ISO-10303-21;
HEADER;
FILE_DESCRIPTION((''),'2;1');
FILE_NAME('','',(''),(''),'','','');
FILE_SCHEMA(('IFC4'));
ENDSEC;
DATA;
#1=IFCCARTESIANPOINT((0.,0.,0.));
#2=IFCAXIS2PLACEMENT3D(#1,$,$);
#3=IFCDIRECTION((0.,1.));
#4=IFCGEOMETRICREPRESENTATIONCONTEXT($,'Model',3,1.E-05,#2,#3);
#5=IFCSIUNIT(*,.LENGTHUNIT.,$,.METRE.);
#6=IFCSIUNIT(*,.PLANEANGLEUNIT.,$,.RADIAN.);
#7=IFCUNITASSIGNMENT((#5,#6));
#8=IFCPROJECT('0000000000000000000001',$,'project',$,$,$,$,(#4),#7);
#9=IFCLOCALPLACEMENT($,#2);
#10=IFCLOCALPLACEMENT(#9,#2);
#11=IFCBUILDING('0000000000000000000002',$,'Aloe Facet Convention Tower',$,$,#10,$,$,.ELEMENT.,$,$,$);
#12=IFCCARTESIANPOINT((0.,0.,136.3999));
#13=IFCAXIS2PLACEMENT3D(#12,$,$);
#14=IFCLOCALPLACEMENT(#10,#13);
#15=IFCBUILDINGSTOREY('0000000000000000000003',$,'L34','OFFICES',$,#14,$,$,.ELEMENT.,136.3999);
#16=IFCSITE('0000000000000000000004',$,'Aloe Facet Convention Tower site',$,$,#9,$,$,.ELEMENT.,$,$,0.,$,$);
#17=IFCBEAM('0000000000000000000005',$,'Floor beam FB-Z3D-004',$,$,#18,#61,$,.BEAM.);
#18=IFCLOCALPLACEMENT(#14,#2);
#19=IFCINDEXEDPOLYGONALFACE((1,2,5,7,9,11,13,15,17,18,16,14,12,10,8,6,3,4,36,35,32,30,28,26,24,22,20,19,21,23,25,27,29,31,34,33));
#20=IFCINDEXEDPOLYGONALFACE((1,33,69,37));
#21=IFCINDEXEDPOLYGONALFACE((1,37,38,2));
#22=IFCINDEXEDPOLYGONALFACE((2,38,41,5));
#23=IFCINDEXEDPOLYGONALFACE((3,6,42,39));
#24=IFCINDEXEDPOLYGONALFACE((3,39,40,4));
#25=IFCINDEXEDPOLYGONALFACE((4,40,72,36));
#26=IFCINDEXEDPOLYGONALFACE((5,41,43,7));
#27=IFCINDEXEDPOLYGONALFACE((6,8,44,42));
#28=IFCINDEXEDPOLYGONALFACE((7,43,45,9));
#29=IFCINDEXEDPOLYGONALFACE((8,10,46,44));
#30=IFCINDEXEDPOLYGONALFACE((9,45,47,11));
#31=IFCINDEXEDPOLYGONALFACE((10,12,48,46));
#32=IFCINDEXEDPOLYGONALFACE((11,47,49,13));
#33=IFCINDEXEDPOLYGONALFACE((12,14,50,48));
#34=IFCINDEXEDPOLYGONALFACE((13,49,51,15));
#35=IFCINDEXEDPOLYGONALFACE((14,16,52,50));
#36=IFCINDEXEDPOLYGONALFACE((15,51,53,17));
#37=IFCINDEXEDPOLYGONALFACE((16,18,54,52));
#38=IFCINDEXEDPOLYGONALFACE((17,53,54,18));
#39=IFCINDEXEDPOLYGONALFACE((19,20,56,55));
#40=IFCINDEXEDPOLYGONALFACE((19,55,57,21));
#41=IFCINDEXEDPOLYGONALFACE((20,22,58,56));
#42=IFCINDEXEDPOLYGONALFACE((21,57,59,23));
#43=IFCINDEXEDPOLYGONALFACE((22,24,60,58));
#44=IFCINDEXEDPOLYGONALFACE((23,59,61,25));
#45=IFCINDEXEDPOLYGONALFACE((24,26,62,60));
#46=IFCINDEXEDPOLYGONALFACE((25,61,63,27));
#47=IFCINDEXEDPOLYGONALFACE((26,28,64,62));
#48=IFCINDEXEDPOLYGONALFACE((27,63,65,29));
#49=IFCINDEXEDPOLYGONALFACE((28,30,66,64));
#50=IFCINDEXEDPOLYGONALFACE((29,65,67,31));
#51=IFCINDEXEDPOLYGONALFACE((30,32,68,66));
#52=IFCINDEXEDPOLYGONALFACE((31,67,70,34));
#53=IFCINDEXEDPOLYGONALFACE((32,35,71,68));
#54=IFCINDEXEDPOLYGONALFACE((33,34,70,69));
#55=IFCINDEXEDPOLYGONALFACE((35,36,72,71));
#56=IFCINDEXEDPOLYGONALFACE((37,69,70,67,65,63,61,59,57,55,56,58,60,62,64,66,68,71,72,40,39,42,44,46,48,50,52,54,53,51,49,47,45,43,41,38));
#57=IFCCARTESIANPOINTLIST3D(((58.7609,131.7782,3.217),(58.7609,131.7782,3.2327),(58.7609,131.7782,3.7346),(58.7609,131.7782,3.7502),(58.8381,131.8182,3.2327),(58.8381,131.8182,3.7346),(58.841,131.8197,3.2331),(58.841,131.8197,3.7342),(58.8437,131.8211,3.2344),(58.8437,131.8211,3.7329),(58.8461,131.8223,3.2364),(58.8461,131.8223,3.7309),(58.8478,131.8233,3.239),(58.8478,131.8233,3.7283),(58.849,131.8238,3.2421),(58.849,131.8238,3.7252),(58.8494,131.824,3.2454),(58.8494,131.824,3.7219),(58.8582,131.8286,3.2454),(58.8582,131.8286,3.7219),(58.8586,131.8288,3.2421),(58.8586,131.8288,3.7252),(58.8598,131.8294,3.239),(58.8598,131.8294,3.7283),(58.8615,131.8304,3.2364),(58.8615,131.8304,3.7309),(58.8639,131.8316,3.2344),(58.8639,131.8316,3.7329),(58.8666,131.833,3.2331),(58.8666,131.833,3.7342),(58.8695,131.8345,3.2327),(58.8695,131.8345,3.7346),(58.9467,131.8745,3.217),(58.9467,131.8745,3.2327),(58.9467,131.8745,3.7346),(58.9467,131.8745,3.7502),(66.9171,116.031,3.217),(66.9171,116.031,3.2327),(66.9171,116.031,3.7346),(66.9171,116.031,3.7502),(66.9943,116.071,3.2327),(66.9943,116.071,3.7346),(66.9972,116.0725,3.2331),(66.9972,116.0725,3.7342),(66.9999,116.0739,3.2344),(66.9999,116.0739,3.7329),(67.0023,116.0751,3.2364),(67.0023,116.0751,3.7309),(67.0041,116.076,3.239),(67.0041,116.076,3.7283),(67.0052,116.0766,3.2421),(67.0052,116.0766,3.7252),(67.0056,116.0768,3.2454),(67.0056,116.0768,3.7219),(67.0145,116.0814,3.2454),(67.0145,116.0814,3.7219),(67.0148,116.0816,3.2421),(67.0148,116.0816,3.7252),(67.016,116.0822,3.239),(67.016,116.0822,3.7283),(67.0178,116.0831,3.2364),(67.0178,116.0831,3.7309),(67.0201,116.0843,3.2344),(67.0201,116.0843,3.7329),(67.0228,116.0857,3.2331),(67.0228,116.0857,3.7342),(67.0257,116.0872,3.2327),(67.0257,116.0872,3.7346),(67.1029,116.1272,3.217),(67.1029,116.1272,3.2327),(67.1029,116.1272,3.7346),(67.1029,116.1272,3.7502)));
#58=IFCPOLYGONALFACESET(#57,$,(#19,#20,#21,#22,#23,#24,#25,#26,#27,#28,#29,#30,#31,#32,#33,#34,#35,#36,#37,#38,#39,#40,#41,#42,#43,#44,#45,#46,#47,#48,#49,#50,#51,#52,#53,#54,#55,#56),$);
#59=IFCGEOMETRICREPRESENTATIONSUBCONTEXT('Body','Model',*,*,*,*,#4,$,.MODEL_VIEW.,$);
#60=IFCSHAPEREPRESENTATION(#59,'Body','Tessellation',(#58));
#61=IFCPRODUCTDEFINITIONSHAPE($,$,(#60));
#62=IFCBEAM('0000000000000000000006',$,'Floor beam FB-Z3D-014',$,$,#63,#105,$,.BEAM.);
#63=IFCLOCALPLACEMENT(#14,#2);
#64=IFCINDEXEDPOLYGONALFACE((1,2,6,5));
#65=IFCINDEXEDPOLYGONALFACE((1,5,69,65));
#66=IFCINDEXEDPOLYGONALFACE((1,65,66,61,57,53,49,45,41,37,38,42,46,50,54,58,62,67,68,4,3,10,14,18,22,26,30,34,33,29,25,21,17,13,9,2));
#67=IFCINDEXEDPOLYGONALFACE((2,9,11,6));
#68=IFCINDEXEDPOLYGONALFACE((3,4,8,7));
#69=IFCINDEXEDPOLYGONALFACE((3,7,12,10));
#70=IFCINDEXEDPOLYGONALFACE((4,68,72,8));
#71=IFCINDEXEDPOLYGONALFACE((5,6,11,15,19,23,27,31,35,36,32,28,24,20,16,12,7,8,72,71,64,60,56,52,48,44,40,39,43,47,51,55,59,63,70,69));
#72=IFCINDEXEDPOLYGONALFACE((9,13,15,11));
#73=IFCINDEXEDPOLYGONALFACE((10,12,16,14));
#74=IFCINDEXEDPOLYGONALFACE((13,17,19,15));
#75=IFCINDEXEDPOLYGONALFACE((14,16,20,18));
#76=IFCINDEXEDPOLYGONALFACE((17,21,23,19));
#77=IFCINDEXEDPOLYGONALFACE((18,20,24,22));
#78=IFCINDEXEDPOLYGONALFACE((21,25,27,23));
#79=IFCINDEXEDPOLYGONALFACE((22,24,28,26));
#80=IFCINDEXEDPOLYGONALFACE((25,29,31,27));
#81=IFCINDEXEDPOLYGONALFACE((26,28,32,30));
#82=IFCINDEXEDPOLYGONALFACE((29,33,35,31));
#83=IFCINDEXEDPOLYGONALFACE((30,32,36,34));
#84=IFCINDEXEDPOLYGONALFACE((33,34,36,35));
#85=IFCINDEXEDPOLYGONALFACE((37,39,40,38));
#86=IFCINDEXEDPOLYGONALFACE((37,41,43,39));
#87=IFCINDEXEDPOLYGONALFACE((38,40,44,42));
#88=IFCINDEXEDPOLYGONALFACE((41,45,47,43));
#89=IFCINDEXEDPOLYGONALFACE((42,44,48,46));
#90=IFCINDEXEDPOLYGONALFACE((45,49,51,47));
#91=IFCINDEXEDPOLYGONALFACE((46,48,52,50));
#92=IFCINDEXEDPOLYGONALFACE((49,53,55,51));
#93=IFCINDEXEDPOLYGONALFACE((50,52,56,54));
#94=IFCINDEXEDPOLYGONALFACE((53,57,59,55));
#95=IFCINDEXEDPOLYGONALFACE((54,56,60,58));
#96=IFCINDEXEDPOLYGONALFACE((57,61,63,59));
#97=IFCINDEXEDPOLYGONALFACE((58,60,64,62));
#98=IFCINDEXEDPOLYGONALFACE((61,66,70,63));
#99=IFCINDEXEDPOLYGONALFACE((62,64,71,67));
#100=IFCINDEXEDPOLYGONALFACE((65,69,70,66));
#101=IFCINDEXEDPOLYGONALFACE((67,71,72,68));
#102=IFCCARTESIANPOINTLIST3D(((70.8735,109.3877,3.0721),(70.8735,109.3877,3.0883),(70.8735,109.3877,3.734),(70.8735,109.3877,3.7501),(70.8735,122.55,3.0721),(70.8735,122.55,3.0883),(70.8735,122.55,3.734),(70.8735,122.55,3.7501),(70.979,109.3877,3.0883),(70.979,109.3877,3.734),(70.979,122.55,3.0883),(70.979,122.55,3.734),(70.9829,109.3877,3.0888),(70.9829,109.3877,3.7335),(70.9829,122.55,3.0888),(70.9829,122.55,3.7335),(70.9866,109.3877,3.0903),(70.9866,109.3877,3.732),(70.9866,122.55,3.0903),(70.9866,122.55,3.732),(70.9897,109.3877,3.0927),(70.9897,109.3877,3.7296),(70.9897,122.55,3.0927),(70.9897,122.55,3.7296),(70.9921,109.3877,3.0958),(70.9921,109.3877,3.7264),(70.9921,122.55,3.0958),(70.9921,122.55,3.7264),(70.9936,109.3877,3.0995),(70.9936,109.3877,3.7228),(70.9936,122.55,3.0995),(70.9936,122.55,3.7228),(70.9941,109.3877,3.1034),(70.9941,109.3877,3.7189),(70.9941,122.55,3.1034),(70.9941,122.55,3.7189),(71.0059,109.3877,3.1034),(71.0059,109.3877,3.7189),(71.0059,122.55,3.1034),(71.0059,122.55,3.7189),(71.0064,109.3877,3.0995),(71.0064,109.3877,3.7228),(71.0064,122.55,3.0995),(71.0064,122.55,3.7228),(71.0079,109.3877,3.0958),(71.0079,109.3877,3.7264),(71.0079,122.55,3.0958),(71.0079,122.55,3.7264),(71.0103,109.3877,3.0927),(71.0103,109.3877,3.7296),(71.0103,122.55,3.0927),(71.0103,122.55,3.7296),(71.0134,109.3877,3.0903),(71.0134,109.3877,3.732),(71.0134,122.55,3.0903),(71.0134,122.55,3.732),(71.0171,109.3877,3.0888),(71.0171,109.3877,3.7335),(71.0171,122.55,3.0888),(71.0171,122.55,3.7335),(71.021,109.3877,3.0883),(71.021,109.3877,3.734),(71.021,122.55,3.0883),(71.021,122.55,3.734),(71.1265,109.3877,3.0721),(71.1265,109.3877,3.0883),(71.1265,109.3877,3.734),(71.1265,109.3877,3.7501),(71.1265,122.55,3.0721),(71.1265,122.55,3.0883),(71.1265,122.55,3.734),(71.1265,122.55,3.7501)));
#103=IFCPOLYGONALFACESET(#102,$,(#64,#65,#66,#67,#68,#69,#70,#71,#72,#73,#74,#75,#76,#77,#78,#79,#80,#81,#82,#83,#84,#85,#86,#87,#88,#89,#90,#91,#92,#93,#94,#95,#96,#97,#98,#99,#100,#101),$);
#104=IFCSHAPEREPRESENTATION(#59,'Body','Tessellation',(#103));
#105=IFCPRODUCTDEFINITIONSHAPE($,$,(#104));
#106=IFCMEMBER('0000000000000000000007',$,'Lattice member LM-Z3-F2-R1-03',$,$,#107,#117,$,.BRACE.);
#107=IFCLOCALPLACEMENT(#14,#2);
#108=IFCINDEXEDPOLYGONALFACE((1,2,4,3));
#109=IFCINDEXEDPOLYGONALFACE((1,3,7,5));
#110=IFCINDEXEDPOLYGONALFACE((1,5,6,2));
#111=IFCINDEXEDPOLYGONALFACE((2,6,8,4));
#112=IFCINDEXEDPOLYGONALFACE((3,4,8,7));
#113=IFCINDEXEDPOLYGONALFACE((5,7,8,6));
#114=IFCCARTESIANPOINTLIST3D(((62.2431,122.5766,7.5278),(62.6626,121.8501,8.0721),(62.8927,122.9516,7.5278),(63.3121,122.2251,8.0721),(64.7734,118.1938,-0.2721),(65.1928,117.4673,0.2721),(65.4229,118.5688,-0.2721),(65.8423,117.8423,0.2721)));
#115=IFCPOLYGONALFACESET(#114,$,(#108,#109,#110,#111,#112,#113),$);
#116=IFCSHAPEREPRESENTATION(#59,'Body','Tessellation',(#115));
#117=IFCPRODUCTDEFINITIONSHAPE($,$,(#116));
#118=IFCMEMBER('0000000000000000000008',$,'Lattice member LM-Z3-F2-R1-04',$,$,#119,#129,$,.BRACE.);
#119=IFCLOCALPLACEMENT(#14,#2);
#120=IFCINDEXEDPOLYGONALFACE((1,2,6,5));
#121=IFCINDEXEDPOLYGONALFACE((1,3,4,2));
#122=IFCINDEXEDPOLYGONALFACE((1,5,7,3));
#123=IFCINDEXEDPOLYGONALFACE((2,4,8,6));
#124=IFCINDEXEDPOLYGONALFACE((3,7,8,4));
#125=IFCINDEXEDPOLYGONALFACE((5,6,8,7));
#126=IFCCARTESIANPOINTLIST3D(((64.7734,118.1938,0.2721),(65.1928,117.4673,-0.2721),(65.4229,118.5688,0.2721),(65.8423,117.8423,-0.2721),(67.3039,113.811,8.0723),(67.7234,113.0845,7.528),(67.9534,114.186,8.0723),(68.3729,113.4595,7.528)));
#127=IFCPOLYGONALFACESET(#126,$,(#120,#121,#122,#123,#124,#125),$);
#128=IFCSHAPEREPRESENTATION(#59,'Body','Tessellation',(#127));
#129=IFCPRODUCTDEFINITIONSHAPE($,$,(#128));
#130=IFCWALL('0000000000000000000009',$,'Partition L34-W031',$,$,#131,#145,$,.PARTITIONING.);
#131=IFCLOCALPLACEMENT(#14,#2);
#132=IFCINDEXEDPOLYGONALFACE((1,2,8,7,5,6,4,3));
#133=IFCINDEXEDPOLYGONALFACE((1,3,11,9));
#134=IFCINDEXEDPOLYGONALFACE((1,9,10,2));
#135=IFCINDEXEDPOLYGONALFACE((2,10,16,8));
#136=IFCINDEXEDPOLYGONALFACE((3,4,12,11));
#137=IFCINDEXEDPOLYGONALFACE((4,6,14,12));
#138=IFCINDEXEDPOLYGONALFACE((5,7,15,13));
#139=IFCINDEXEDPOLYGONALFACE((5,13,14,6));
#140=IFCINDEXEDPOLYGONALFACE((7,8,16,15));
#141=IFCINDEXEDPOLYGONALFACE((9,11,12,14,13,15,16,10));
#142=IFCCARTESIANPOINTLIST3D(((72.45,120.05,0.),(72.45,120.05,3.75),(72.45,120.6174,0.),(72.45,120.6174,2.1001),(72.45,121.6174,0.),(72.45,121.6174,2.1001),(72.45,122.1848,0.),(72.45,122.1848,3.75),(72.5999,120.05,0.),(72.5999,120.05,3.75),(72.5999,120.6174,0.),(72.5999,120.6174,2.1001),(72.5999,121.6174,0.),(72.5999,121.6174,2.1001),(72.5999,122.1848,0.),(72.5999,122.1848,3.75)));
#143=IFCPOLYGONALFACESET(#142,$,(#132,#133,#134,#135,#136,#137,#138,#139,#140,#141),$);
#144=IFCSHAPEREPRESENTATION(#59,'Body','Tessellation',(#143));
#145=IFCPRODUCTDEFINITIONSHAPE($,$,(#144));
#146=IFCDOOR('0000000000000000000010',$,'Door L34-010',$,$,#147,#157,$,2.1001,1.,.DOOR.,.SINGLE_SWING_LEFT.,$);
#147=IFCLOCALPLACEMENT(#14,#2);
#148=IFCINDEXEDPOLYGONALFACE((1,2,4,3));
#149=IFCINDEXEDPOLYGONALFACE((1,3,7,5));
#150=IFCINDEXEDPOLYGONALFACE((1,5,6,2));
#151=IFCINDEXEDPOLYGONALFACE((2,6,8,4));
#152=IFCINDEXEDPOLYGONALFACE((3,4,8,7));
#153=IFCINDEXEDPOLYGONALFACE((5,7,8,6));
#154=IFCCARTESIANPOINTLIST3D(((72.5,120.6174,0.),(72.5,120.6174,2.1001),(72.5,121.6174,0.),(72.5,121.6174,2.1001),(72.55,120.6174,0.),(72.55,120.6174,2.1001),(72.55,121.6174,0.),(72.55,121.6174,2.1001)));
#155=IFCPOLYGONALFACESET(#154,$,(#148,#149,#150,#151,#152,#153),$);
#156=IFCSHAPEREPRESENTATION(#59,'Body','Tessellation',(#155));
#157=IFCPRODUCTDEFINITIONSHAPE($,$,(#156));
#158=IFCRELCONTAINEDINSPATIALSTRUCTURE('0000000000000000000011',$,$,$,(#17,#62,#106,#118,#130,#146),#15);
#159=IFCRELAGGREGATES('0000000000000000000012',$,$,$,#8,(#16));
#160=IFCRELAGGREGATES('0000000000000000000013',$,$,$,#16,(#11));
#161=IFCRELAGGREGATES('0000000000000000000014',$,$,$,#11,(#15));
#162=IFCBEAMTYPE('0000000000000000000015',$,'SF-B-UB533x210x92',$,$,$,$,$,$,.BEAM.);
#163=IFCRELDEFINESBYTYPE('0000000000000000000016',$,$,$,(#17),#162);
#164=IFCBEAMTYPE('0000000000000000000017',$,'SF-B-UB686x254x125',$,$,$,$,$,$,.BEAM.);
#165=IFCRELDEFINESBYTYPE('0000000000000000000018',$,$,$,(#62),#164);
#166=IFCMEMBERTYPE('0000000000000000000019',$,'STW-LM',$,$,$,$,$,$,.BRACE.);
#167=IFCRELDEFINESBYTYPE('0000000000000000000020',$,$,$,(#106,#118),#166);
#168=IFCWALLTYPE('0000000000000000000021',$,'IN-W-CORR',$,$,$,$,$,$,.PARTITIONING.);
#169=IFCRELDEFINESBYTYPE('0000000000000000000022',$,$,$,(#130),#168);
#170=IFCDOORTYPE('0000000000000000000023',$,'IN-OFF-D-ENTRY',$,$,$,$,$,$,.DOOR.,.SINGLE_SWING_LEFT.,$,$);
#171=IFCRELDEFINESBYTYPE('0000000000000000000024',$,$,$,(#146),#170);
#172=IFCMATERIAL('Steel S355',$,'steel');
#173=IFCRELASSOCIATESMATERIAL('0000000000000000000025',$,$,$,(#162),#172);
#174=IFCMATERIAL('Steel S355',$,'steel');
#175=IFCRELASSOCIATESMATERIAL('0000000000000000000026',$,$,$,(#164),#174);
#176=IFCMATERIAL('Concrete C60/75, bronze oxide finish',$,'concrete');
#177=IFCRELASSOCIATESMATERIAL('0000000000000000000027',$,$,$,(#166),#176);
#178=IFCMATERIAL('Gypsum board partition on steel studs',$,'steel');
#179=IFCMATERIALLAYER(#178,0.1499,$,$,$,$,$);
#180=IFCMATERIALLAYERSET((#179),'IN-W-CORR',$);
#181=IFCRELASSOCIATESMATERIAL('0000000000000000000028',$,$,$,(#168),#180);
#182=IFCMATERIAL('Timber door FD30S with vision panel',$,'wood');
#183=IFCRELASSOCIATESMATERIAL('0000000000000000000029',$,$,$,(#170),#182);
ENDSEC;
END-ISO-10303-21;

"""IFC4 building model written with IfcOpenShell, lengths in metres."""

from ifc_helpers import new_model, si_unit, direction, frame, frame_2d, origin, origin_2d, place, context, subcontext, project, spatial, rectangle, i_section, extrude, material, layer, layer_set, material_profile, profile_set, type_object, element, fill, save


model = new_model("IFC4")

# Units and contexts
model_context = context("Model", 3, precision=1e-05, world=origin(), true_north=direction((0.0, 1.0)))
body_context = subcontext(model_context, "Body", "Model", "MODEL_VIEW")
ifc_project = project(units=[si_unit("LENGTHUNIT", "METRE"), si_unit("PLANEANGLEUNIT", "RADIAN")], contexts=[model_context])

# Site, building, storey
site_placement = place(None, origin())
site = spatial("IfcSite", under=ifc_project, at=site_placement, Name="Aloe Facet Convention Tower site", CompositionType="ELEMENT", RefElevation=0.0)
building_placement = place(site_placement, origin())
building = spatial("IfcBuilding", under=site, at=building_placement, Name="Aloe Facet Convention Tower", CompositionType="ELEMENT")
storey_placement = place(building_placement, frame((0.0, 0.0, 136.3999)))
storey = spatial("IfcBuildingStorey", under=building, at=storey_placement, Name="L34", Description="OFFICES", CompositionType="ELEMENT", Elevation=136.3999)

# Beams
ifc_material_1 = material(Name="Steel S355", Category="steel")
ifc_material_profile_1 = material_profile(ifc_material_1, i_section(OverallWidth=0.2092, OverallDepth=0.5332, WebThickness=0.01, FlangeThickness=0.0156, FilletRadius=0.0127, at=origin_2d()), Name="UB 533x210x92")
ifc_profile_set_1 = profile_set([ifc_material_profile_1], Name="Steel S355")
beam_type_1 = type_object("IfcBeamType", Name="SF-B-UB533x210x92", PredefinedType="BEAM", material=ifc_profile_set_1)
beam_1_placement = place(storey_placement, frame((67.01, 116.0791, 3.4836), z_axis=(-0.459916, 0.887962, 0.0), x_axis=(-0.887962, -0.459916, 0.0)))
element("IfcBeam", 1, at=beam_1_placement, inside=storey, type_object=beam_type_1, Name="Floor beam FB-Z3D-004", PredefinedType="BEAM", context=body_context, shape_type="SweptSolid", body=[
    extrude(i_section(OverallWidth=0.2092, OverallDepth=0.5332, WebThickness=0.01, FlangeThickness=0.0156, FilletRadius=0.0127, at=origin_2d()), origin(), (0.0, 0.0, 1.0), 17.7341),
])
ifc_material_2 = material(Name="Steel S355", Category="steel")
ifc_material_profile_2 = material_profile(ifc_material_2, i_section(OverallWidth=0.2529, OverallDepth=0.678, WebThickness=0.0117, FlangeThickness=0.0161, FilletRadius=0.0151, at=origin_2d()), Name="UB 686x254x125")
ifc_profile_set_2 = profile_set([ifc_material_profile_2], Name="Steel S355")
beam_type_2 = type_object("IfcBeamType", Name="SF-B-UB686x254x125", PredefinedType="BEAM", material=ifc_profile_set_2)
beam_2_placement = place(storey_placement, frame((71.0, 122.55, 3.4111), z_axis=(0.0, -1.0, 0.0), x_axis=(1.0, 0.0, 0.0)))
element("IfcBeam", 2, at=beam_2_placement, inside=storey, type_object=beam_type_2, Name="Floor beam FB-Z3D-014", PredefinedType="BEAM", context=body_context, shape_type="SweptSolid", body=[
    extrude(i_section(OverallWidth=0.2529, OverallDepth=0.678, WebThickness=0.0117, FlangeThickness=0.0161, FilletRadius=0.0151, at=origin_2d()), origin(), (0.0, 0.0, 1.0), 13.1624),
])

# Members
ifc_material_3 = material(Name="Concrete C60/75, bronze oxide finish", Category="concrete")
ifc_material_profile_3 = material_profile(ifc_material_3, rectangle(XDim=0.75, YDim=1.0, at=origin_2d()), Name="STW-LM")
ifc_profile_set_3 = profile_set([ifc_material_profile_3], Name="Concrete C60/75, bronze oxide finish")
member_type = type_object("IfcMemberType", Name="STW-LM", PredefinedType="BRACE", material=ifc_profile_set_3)
member_1_placement = place(storey_placement, frame((65.3079, 118.0181, 0.0), z_axis=(-0.272132, 0.471373, 0.838899), x_axis=(-0.866038, -0.499979, 0.0)))
element("IfcMember", 3, at=member_1_placement, inside=storey, type_object=member_type, Name="Lattice member LM-Z3-F2-R1-03", PredefinedType="BRACE", context=body_context, shape_type="SweptSolid", body=[
    extrude(rectangle(XDim=0.75, YDim=1.0, at=origin_2d()), origin(), (0.0, 0.0, 1.0), 9.2979),
])
member_2_placement = place(storey_placement, frame((65.3079, 118.0181, 0.0), z_axis=(0.272156, -0.47137, 0.838893), x_axis=(0.866017, 0.500015, 0.0)))
element("IfcMember", 4, at=member_2_placement, inside=storey, type_object=member_type, Name="Lattice member LM-Z3-F2-R1-04", PredefinedType="BRACE", context=body_context, shape_type="SweptSolid", body=[
    extrude(rectangle(XDim=0.75, YDim=1.0, at=origin_2d()), origin(), (0.0, 0.0, 1.0), 9.2981),
])

# Wall, opening, door
ifc_material_4 = material(Name="Gypsum board partition on steel studs", Category="steel")
ifc_layer_1 = layer(ifc_material_4, 0.1499)
ifc_layer_set_1 = layer_set([ifc_layer_1], Name="IN-W-CORR")
wall_type_1 = type_object("IfcWallType", Name="IN-W-CORR", PredefinedType="PARTITIONING", material=ifc_layer_set_1)
wall_1_placement = place(storey_placement, frame((72.5249, 120.05, 0.0), z_axis=(0.0, 0.0, 1.0), x_axis=(0.0, 1.0, 0.0)))
wall_1 = element("IfcWall", 5, at=wall_1_placement, inside=storey, type_object=wall_type_1, Name="Partition L34-W031", PredefinedType="PARTITIONING", context=body_context, shape_type="SweptSolid", body=[
    extrude(rectangle(XDim=2.1348, YDim=0.1499, at=frame_2d((1.0674, 0.0))), origin(), (0.0, 0.0, 1.0), 3.75),
])
opening_1_placement = place(wall_1_placement, frame((0.5674, 0.0, 0.0)))
opening_1 = element("IfcOpeningElement", 6, at=opening_1_placement, cuts=wall_1, PredefinedType="OPENING", context=body_context, shape_type="SweptSolid", body=[
    extrude(rectangle(XDim=1.0, YDim=2.1001, at=frame_2d((0.5, 1.05))), frame((0.0, 0.085, 0.0), z_axis=(0.0, -1.0, 0.0), x_axis=(1.0, 0.0, 0.0)), (0.0, 0.0, 1.0), 0.1699),
])
ifc_material_5 = material(Name="Timber door FD30S with vision panel", Category="wood")
door_type_1 = type_object("IfcDoorType", Name="IN-OFF-D-ENTRY", OperationType="SINGLE_SWING_LEFT", PredefinedType="DOOR", material=ifc_material_5)
door_1_placement = place(opening_1_placement, origin())
door_1 = element("IfcDoor", 7, at=door_1_placement, inside=storey, type_object=door_type_1, Name="Door L34-010", OperationType="SINGLE_SWING_LEFT", OverallHeight=2.1001, OverallWidth=1.0, PredefinedType="DOOR", context=body_context, shape_type="SweptSolid", body=[
    extrude(rectangle(XDim=1.0, YDim=2.1001, at=frame_2d((0.5, 1.05))), frame((0.0, 0.0249, 0.0), z_axis=(0.0, -1.0, 0.0), x_axis=(1.0, 0.0, 0.0)), (0.0, 0.0, 1.0), 0.05),
])
fill(opening_1, door_1)

save(model, "model.ifc")
